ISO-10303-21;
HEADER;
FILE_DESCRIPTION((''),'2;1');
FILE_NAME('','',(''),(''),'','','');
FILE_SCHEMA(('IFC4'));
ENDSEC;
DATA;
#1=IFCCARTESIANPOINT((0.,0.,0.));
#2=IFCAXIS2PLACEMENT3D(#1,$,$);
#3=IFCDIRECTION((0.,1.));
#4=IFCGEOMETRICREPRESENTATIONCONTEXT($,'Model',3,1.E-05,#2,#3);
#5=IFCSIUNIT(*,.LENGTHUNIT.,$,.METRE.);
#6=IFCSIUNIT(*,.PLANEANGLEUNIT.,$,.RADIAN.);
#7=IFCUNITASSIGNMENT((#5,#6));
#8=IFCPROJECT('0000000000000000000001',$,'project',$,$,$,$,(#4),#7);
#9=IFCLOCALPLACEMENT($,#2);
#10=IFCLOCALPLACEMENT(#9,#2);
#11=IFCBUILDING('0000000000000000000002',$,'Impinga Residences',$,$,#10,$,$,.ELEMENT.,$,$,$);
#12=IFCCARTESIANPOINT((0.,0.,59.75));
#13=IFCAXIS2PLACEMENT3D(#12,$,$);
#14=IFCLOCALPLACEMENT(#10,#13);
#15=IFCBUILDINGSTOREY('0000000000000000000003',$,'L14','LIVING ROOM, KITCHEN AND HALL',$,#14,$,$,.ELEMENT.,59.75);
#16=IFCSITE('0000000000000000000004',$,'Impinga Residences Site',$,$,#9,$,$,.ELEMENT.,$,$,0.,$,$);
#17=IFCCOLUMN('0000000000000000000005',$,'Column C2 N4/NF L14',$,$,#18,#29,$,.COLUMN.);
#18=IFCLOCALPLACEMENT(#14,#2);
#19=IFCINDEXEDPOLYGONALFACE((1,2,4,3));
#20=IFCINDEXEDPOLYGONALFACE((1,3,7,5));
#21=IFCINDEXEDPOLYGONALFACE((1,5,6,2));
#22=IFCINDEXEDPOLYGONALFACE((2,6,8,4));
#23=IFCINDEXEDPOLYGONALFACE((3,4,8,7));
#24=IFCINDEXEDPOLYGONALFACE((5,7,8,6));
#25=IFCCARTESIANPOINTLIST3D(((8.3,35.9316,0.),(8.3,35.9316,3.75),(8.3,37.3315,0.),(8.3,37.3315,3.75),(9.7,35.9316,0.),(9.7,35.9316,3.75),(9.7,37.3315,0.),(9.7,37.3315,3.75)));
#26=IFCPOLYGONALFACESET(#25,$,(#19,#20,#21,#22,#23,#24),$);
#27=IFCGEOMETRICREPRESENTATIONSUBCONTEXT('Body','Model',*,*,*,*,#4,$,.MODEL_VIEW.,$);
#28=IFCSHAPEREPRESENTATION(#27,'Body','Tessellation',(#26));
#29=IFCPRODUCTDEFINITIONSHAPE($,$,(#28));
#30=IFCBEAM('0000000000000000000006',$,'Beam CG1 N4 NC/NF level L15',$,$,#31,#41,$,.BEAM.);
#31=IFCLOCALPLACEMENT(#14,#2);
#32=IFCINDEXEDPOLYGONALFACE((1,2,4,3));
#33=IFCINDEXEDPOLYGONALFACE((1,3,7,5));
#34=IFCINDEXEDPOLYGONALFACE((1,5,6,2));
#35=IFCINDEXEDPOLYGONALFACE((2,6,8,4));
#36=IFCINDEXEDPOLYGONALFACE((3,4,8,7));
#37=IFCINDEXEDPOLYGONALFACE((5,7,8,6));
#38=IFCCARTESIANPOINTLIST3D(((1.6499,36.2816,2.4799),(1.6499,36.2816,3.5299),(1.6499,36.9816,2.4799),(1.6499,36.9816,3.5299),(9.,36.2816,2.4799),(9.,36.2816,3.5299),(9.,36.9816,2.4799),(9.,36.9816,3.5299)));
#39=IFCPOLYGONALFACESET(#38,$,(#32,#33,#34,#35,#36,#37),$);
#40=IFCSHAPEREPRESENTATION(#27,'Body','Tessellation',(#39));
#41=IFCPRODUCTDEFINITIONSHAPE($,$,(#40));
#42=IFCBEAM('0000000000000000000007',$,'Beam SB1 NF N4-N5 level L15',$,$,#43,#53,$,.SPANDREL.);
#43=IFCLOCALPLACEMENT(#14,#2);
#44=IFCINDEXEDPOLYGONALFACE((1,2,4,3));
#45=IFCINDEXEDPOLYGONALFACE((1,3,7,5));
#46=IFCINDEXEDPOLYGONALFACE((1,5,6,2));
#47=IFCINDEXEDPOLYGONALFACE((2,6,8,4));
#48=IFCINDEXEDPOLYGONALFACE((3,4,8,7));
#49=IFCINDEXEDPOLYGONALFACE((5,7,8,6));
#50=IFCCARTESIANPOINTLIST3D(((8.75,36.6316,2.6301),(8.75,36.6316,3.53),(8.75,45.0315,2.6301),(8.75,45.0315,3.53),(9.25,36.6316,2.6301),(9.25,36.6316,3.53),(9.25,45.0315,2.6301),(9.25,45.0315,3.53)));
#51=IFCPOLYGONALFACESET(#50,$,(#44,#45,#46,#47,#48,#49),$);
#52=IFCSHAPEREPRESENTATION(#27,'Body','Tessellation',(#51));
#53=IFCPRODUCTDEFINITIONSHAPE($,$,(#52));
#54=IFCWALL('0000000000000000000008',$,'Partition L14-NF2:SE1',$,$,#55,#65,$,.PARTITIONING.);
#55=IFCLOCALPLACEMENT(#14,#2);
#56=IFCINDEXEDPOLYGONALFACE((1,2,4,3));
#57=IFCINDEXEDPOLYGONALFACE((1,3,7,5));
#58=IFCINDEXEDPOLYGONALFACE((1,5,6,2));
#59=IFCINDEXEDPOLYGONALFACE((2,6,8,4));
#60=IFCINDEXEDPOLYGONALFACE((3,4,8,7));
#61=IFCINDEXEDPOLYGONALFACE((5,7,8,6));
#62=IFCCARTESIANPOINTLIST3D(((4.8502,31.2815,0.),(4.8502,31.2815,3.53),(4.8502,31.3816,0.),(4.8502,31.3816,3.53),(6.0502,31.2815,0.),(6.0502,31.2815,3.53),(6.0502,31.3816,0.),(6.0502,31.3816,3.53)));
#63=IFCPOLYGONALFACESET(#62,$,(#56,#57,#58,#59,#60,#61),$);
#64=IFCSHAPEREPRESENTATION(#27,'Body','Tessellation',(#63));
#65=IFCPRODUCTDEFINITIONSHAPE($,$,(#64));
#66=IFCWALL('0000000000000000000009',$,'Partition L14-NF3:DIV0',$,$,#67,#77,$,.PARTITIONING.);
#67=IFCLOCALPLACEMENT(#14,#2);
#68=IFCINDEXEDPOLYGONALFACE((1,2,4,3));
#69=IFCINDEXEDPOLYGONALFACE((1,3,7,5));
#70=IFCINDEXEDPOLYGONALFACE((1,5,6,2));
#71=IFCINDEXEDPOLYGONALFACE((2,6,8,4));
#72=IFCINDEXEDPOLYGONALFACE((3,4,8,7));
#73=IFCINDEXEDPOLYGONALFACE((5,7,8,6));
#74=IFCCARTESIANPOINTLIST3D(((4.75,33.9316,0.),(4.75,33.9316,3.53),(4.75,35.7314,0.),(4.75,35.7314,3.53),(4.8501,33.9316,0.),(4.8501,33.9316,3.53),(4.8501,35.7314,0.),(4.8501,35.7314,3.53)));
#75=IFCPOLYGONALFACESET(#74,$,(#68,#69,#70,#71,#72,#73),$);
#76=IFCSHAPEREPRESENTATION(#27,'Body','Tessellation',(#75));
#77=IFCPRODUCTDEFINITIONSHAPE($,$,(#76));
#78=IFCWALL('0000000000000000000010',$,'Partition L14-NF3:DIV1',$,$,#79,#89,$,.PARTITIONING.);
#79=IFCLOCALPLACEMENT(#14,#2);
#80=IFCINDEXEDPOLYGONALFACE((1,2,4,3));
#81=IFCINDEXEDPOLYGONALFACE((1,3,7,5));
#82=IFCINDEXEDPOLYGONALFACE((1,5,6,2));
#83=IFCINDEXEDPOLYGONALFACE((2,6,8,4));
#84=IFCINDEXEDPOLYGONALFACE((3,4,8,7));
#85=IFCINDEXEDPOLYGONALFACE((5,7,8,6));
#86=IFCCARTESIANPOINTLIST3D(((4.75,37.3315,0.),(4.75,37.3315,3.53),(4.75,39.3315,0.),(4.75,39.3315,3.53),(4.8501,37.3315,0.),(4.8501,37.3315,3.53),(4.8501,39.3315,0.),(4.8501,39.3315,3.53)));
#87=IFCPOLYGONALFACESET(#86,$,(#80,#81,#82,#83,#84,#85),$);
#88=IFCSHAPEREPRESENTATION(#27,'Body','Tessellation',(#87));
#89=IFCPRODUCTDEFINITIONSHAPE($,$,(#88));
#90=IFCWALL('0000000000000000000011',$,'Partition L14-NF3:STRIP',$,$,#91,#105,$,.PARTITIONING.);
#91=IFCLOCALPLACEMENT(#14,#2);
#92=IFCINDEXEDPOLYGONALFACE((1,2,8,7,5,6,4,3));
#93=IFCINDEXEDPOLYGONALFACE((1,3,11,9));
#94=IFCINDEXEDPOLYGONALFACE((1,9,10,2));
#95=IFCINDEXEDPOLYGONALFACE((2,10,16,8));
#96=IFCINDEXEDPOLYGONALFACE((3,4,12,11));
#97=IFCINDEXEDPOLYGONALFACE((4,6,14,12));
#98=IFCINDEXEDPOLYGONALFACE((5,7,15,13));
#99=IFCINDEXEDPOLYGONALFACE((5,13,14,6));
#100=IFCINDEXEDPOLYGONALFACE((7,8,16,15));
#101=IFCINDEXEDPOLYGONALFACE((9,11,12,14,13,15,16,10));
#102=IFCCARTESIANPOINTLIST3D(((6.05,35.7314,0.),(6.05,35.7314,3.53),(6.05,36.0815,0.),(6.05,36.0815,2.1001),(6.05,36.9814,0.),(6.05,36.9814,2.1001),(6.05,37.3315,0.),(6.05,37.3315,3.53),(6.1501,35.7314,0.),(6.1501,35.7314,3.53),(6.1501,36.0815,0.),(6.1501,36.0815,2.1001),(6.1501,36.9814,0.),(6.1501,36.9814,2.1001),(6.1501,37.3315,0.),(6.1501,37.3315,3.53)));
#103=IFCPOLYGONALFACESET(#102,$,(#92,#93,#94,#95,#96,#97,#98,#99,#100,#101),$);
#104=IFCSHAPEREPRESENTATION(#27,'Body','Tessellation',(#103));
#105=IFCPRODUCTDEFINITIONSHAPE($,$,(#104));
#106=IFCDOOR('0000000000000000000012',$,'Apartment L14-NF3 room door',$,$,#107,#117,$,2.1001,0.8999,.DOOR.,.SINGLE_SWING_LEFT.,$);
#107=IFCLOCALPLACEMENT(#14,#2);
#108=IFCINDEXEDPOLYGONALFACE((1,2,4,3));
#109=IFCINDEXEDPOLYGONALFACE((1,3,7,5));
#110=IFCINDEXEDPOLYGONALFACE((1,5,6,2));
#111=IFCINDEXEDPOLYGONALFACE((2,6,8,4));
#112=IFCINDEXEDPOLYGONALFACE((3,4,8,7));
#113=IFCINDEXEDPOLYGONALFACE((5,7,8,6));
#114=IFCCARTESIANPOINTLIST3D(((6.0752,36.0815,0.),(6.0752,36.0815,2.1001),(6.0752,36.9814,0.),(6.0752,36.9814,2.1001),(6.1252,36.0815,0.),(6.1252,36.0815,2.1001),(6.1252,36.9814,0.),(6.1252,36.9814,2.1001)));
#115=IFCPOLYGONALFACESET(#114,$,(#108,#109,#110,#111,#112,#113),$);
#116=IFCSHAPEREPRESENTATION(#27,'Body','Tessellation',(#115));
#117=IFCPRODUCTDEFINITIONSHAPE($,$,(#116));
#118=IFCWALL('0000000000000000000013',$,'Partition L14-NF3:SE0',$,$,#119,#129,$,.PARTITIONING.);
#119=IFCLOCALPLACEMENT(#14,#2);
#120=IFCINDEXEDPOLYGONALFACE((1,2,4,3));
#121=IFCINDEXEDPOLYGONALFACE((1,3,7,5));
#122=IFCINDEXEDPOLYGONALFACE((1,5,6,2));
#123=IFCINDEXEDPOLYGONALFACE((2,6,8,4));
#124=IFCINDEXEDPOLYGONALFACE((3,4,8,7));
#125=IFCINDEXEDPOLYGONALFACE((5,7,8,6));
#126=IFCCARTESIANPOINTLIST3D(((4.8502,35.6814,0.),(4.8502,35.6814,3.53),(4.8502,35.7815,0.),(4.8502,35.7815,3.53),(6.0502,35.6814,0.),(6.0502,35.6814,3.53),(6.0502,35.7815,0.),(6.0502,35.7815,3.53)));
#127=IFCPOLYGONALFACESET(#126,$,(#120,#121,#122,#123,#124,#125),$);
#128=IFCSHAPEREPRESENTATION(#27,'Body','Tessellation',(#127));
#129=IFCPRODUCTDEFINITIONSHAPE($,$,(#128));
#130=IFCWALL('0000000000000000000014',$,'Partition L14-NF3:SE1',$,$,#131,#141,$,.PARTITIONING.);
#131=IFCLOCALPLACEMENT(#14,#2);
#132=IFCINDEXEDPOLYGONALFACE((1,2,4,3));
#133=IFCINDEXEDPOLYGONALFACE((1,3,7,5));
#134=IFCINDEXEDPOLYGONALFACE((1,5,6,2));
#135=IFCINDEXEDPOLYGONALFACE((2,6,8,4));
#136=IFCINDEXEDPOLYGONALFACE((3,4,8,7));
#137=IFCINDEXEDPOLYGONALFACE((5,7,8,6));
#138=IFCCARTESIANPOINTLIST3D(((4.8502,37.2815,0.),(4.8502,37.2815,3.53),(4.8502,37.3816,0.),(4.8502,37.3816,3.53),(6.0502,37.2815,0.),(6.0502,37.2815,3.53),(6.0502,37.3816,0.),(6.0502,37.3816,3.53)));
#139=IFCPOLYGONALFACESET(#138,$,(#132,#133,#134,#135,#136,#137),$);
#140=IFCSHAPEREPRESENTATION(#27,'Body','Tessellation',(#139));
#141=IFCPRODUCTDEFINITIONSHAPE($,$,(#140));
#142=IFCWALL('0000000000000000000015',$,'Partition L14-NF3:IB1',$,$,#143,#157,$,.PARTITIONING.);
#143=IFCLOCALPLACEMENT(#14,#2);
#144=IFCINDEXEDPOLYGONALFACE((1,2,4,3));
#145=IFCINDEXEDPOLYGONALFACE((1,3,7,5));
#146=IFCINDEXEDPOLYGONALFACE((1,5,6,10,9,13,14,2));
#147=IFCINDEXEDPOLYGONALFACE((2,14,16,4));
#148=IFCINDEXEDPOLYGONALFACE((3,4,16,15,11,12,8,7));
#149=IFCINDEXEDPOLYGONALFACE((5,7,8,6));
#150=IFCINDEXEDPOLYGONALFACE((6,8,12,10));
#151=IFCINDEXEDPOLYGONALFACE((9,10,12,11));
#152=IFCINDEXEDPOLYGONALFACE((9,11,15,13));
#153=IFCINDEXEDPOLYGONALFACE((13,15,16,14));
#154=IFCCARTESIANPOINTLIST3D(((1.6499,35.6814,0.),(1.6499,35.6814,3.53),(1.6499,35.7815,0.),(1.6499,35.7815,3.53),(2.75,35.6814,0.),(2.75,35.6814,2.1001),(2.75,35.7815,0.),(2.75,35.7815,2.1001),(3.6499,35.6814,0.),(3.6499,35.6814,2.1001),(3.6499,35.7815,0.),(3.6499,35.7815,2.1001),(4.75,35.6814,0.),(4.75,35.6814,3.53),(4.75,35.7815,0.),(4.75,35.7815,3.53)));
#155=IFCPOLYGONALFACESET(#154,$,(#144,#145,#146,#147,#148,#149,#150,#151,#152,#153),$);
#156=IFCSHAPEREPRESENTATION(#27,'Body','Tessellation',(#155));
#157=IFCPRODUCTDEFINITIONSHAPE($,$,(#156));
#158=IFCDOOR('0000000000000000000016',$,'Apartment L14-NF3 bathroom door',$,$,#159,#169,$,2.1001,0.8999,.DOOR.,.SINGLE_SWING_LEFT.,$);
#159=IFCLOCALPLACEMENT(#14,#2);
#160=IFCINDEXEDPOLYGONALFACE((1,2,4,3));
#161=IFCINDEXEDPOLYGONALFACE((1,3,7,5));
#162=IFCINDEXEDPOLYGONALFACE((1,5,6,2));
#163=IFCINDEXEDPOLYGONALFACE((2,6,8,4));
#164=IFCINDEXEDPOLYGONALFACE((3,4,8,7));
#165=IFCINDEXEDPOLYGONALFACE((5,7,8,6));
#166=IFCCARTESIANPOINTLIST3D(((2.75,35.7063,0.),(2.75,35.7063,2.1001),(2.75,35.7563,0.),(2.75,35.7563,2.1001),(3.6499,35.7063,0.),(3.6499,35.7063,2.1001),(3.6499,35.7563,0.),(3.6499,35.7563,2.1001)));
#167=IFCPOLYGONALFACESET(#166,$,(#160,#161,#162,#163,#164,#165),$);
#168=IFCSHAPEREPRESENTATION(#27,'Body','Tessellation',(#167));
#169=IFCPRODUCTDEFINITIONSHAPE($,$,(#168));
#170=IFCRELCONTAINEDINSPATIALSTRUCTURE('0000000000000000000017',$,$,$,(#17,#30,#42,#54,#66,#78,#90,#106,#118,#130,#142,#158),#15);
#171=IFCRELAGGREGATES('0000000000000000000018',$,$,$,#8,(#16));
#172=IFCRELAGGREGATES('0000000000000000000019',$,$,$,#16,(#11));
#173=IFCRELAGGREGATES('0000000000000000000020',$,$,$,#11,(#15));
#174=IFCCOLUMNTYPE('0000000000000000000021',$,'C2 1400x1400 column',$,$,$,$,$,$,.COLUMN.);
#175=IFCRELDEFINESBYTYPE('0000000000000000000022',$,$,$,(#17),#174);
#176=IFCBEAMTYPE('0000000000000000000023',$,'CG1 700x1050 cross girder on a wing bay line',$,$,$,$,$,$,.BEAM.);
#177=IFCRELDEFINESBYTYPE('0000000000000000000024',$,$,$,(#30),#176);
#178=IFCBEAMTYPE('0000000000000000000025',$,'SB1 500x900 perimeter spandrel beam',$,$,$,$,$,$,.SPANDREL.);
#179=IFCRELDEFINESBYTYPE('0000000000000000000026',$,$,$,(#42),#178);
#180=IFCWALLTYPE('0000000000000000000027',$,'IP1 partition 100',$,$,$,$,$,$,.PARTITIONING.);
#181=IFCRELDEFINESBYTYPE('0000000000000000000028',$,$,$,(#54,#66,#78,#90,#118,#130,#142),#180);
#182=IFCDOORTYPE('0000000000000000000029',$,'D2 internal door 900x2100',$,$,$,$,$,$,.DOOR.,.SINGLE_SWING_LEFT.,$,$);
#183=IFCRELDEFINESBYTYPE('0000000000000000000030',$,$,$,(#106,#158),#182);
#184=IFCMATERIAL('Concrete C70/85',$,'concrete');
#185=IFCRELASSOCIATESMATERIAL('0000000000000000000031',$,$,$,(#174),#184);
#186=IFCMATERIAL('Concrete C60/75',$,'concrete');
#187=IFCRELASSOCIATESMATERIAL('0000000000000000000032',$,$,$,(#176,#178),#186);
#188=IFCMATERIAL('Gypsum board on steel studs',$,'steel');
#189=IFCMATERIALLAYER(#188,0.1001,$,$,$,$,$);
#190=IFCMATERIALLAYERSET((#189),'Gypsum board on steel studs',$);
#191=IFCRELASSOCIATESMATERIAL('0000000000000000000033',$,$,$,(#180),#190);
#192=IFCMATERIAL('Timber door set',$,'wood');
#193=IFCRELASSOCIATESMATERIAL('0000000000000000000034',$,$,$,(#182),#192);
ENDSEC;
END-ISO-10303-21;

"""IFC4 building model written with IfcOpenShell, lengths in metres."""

from ifc_helpers import new_model, si_unit, direction, frame, frame_2d, origin, origin_2d, place, context, subcontext, project, spatial, rectangle, extrude, material, layer, layer_set, material_profile, profile_set, type_object, element, fill, save


model = new_model("IFC4")

# Units and contexts
model_context = context("Model", 3, precision=1e-05, world=origin(), true_north=direction((0.0, 1.0)))
body_context = subcontext(model_context, "Body", "Model", "MODEL_VIEW")
ifc_project = project(units=[si_unit("LENGTHUNIT", "METRE"), si_unit("PLANEANGLEUNIT", "RADIAN")], contexts=[model_context])

# Site, building, storey
site_placement = place(None, origin())
site = spatial("IfcSite", under=ifc_project, at=site_placement, Name="Impinga Residences Site", CompositionType="ELEMENT", RefElevation=0.0)
building_placement = place(site_placement, origin())
building = spatial("IfcBuilding", under=site, at=building_placement, Name="Impinga Residences", CompositionType="ELEMENT")
storey_placement = place(building_placement, frame((0.0, 0.0, 59.75)))
storey = spatial("IfcBuildingStorey", under=building, at=storey_placement, Name="L14", Description="LIVING ROOM, KITCHEN AND HALL", CompositionType="ELEMENT", Elevation=59.75)

# Column
ifc_material_1 = material(Name="Concrete C70/85", Category="concrete")
ifc_material_profile_1 = material_profile(ifc_material_1, rectangle(XDim=1.3999, YDim=1.3999, at=origin_2d()), Name="RC 1400x1400")
ifc_profile_set_1 = profile_set([ifc_material_profile_1], Name="Concrete C70/85")
column_type = type_object("IfcColumnType", Name="C2 1400x1400 column", PredefinedType="COLUMN", material=ifc_profile_set_1)
column_placement = place(storey_placement, frame((9.0, 36.6316, 0.0), z_axis=(0.0, 0.0, 1.0), x_axis=(1.0, 0.0, 0.0)))
element("IfcColumn", 1, at=column_placement, inside=storey, type_object=column_type, Name="Column C2 N4/NF L14", PredefinedType="COLUMN", context=body_context, shape_type="SweptSolid", body=[
    extrude(rectangle(XDim=1.3999, YDim=1.3999, at=origin_2d()), origin(), (0.0, 0.0, 1.0), 3.75),
])

# Beams
ifc_material_2 = material(Name="Concrete C60/75", Category="concrete")
ifc_material_profile_2 = material_profile(ifc_material_2, rectangle(XDim=0.7, YDim=1.05, at=origin_2d()), Name="RC 700x1050")
ifc_profile_set_2 = profile_set([ifc_material_profile_2], Name="Concrete C60/75")
beam_type_1 = type_object("IfcBeamType", Name="CG1 700x1050 cross girder on a wing bay line", PredefinedType="BEAM", material=ifc_profile_set_2)
beam_1_placement = place(storey_placement, frame((1.6499, 36.6316, 3.0049), z_axis=(1.0, 0.0, 0.0), x_axis=(0.0, 1.0, 0.0)))
element("IfcBeam", 2, at=beam_1_placement, inside=storey, type_object=beam_type_1, Name="Beam CG1 N4 NC/NF level L15", PredefinedType="BEAM", context=body_context, shape_type="SweptSolid", body=[
    extrude(rectangle(XDim=0.7, YDim=1.05, at=origin_2d()), origin(), (0.0, 0.0, 1.0), 7.3501),
])
ifc_material_profile_3 = material_profile(ifc_material_2, rectangle(XDim=0.5, YDim=0.8999, at=origin_2d()), Name="RC 500x900")
ifc_profile_set_3 = profile_set([ifc_material_profile_3], Name="Concrete C60/75")
beam_type_2 = type_object("IfcBeamType", Name="SB1 500x900 perimeter spandrel beam", PredefinedType="SPANDREL", material=ifc_profile_set_3)
beam_2_placement = place(storey_placement, frame((9.0, 36.6316, 3.0801), z_axis=(0.0, 1.0, 0.0), x_axis=(-1.0, 0.0, 0.0)))
element("IfcBeam", 3, at=beam_2_placement, inside=storey, type_object=beam_type_2, Name="Beam SB1 NF N4-N5 level L15", PredefinedType="SPANDREL", context=body_context, shape_type="SweptSolid", body=[
    extrude(rectangle(XDim=0.5, YDim=0.8999, at=origin_2d()), origin(), (0.0, 0.0, 1.0), 8.3999),
])

# Walls
ifc_material_3 = material(Name="Gypsum board on steel studs", Category="steel")
ifc_layer_1 = layer(ifc_material_3, 0.1001)
ifc_layer_set_1 = layer_set([ifc_layer_1], Name="Gypsum board on steel studs")
wall_type_1 = type_object("IfcWallType", Name="IP1 partition 100", PredefinedType="PARTITIONING", material=ifc_layer_set_1)
wall_1_placement = place(storey_placement, frame((4.8501, 31.3315, 0.0), z_axis=(0.0, 0.0, 1.0), x_axis=(1.0, 0.0, 0.0)))
element("IfcWall", 4, at=wall_1_placement, inside=storey, type_object=wall_type_1, Name="Partition L14-NF2:SE1", PredefinedType="PARTITIONING", context=body_context, shape_type="SweptSolid", body=[
    extrude(rectangle(XDim=1.2, YDim=0.1001, at=frame_2d((0.6001, 0.0))), origin(), (0.0, 0.0, 1.0), 3.53),
])
wall_2_placement = place(storey_placement, frame((4.8, 33.9316, 0.0), z_axis=(0.0, 0.0, 1.0), x_axis=(0.0, 1.0, 0.0)))
element("IfcWall", 5, at=wall_2_placement, inside=storey, type_object=wall_type_1, Name="Partition L14-NF3:DIV0", PredefinedType="PARTITIONING", context=body_context, shape_type="SweptSolid", body=[
    extrude(rectangle(XDim=1.7998, YDim=0.1001, at=frame_2d((0.8999, 0.0))), origin(), (0.0, 0.0, 1.0), 3.53),
])
wall_3_placement = place(storey_placement, frame((4.8, 37.3315, 0.0), z_axis=(0.0, 0.0, 1.0), x_axis=(0.0, 1.0, 0.0)))
element("IfcWall", 6, at=wall_3_placement, inside=storey, type_object=wall_type_1, Name="Partition L14-NF3:DIV1", PredefinedType="PARTITIONING", context=body_context, shape_type="SweptSolid", body=[
    extrude(rectangle(XDim=2.0, YDim=0.1001, at=frame_2d((1.0, 0.0))), origin(), (0.0, 0.0, 1.0), 3.53),
])

# Wall, opening, door
wall_4_placement = place(storey_placement, frame((6.1001, 35.7314, 0.0), z_axis=(0.0, 0.0, 1.0), x_axis=(0.0, 1.0, 0.0)))
wall_4 = element("IfcWall", 7, at=wall_4_placement, inside=storey, type_object=wall_type_1, Name="Partition L14-NF3:STRIP", PredefinedType="PARTITIONING", context=body_context, shape_type="SweptSolid", body=[
    extrude(rectangle(XDim=1.6001, YDim=0.1001, at=frame_2d((0.8, 0.0))), origin(), (0.0, 0.0, 1.0), 3.53),
])
opening_1_placement = place(wall_4_placement, frame((0.3501, 0.0, 0.0)))
opening_1 = element("IfcOpeningElement", 8, at=opening_1_placement, cuts=wall_4, PredefinedType="OPENING", context=body_context, shape_type="SweptSolid", body=[
    extrude(rectangle(XDim=0.8999, YDim=2.1001, at=frame_2d((0.45, 1.05))), frame((0.0, 0.0601, 0.0), z_axis=(0.0, -1.0, 0.0), x_axis=(1.0, 0.0, 0.0)), (0.0, 0.0, 1.0), 0.1201),
])
ifc_material_4 = material(Name="Timber door set", Category="wood")
door_type = type_object("IfcDoorType", Name="D2 internal door 900x2100", OperationType="SINGLE_SWING_LEFT", PredefinedType="DOOR", material=ifc_material_4)
door_1_placement = place(opening_1_placement, origin())
door_1 = element("IfcDoor", 9, at=door_1_placement, inside=storey, type_object=door_type, Name="Apartment L14-NF3 room door", OperationType="SINGLE_SWING_LEFT", OverallHeight=2.1001, OverallWidth=0.8999, PredefinedType="DOOR", context=body_context, shape_type="SweptSolid", body=[
    extrude(rectangle(XDim=0.8999, YDim=2.1001, at=frame_2d((0.45, 1.05))), frame((0.0, 0.0249, 0.0), z_axis=(0.0, -1.0, 0.0), x_axis=(1.0, 0.0, 0.0)), (0.0, 0.0, 1.0), 0.05),
])
fill(opening_1, door_1)

# Walls
for number, where, z_axis, x_axis, name in (
    (10, (4.8501, 35.7314, 0.0), (0.0, 0.0, 1.0), (1.0, 0.0, 0.0), "Partition L14-NF3:SE0"),
    (11, (4.8501, 37.3315, 0.0), (0.0, 0.0, 1.0), (1.0, 0.0, 0.0), "Partition L14-NF3:SE1"),
):
    element("IfcWall", number, at=place(storey_placement, frame(where, z_axis=z_axis, x_axis=x_axis)), inside=storey, type_object=wall_type_1, Name=name, PredefinedType="PARTITIONING", context=body_context, shape_type="SweptSolid", body=[
        extrude(rectangle(XDim=1.2, YDim=0.1001, at=frame_2d((0.6001, 0.0))), origin(), (0.0, 0.0, 1.0), 3.53),
    ])

# Wall, opening, door
wall_5_placement = place(storey_placement, frame((1.6499, 35.7314, 0.0), z_axis=(0.0, 0.0, 1.0), x_axis=(1.0, 0.0, 0.0)))
wall_5 = element("IfcWall", 12, at=wall_5_placement, inside=storey, type_object=wall_type_1, Name="Partition L14-NF3:IB1", PredefinedType="PARTITIONING", context=body_context, shape_type="SweptSolid", body=[
    extrude(rectangle(XDim=3.1001, YDim=0.1001, at=frame_2d((1.55, 0.0))), origin(), (0.0, 0.0, 1.0), 3.53),
])
opening_2_placement = place(wall_5_placement, frame((1.1001, 0.0, 0.0)))
opening_2 = element("IfcOpeningElement", 13, at=opening_2_placement, cuts=wall_5, PredefinedType="OPENING", context=body_context, shape_type="SweptSolid", body=[
    extrude(rectangle(XDim=0.8999, YDim=2.1001, at=frame_2d((0.45, 1.05))), frame((0.0, 0.0601, 0.0), z_axis=(0.0, -1.0, 0.0), x_axis=(1.0, 0.0, 0.0)), (0.0, 0.0, 1.0), 0.1201),
])
door_2_placement = place(opening_2_placement, origin())
door_2 = element("IfcDoor", 14, at=door_2_placement, inside=storey, type_object=door_type, Name="Apartment L14-NF3 bathroom door", OperationType="SINGLE_SWING_LEFT", OverallHeight=2.1001, OverallWidth=0.8999, PredefinedType="DOOR", context=body_context, shape_type="SweptSolid", body=[
    extrude(rectangle(XDim=0.8999, YDim=2.1001, at=frame_2d((0.45, 1.05))), frame((0.0, 0.0249, 0.0), z_axis=(0.0, -1.0, 0.0), x_axis=(1.0, 0.0, 0.0)), (0.0, 0.0, 1.0), 0.05),
])
fill(opening_2, door_2)

save(model, "model.ifc")
